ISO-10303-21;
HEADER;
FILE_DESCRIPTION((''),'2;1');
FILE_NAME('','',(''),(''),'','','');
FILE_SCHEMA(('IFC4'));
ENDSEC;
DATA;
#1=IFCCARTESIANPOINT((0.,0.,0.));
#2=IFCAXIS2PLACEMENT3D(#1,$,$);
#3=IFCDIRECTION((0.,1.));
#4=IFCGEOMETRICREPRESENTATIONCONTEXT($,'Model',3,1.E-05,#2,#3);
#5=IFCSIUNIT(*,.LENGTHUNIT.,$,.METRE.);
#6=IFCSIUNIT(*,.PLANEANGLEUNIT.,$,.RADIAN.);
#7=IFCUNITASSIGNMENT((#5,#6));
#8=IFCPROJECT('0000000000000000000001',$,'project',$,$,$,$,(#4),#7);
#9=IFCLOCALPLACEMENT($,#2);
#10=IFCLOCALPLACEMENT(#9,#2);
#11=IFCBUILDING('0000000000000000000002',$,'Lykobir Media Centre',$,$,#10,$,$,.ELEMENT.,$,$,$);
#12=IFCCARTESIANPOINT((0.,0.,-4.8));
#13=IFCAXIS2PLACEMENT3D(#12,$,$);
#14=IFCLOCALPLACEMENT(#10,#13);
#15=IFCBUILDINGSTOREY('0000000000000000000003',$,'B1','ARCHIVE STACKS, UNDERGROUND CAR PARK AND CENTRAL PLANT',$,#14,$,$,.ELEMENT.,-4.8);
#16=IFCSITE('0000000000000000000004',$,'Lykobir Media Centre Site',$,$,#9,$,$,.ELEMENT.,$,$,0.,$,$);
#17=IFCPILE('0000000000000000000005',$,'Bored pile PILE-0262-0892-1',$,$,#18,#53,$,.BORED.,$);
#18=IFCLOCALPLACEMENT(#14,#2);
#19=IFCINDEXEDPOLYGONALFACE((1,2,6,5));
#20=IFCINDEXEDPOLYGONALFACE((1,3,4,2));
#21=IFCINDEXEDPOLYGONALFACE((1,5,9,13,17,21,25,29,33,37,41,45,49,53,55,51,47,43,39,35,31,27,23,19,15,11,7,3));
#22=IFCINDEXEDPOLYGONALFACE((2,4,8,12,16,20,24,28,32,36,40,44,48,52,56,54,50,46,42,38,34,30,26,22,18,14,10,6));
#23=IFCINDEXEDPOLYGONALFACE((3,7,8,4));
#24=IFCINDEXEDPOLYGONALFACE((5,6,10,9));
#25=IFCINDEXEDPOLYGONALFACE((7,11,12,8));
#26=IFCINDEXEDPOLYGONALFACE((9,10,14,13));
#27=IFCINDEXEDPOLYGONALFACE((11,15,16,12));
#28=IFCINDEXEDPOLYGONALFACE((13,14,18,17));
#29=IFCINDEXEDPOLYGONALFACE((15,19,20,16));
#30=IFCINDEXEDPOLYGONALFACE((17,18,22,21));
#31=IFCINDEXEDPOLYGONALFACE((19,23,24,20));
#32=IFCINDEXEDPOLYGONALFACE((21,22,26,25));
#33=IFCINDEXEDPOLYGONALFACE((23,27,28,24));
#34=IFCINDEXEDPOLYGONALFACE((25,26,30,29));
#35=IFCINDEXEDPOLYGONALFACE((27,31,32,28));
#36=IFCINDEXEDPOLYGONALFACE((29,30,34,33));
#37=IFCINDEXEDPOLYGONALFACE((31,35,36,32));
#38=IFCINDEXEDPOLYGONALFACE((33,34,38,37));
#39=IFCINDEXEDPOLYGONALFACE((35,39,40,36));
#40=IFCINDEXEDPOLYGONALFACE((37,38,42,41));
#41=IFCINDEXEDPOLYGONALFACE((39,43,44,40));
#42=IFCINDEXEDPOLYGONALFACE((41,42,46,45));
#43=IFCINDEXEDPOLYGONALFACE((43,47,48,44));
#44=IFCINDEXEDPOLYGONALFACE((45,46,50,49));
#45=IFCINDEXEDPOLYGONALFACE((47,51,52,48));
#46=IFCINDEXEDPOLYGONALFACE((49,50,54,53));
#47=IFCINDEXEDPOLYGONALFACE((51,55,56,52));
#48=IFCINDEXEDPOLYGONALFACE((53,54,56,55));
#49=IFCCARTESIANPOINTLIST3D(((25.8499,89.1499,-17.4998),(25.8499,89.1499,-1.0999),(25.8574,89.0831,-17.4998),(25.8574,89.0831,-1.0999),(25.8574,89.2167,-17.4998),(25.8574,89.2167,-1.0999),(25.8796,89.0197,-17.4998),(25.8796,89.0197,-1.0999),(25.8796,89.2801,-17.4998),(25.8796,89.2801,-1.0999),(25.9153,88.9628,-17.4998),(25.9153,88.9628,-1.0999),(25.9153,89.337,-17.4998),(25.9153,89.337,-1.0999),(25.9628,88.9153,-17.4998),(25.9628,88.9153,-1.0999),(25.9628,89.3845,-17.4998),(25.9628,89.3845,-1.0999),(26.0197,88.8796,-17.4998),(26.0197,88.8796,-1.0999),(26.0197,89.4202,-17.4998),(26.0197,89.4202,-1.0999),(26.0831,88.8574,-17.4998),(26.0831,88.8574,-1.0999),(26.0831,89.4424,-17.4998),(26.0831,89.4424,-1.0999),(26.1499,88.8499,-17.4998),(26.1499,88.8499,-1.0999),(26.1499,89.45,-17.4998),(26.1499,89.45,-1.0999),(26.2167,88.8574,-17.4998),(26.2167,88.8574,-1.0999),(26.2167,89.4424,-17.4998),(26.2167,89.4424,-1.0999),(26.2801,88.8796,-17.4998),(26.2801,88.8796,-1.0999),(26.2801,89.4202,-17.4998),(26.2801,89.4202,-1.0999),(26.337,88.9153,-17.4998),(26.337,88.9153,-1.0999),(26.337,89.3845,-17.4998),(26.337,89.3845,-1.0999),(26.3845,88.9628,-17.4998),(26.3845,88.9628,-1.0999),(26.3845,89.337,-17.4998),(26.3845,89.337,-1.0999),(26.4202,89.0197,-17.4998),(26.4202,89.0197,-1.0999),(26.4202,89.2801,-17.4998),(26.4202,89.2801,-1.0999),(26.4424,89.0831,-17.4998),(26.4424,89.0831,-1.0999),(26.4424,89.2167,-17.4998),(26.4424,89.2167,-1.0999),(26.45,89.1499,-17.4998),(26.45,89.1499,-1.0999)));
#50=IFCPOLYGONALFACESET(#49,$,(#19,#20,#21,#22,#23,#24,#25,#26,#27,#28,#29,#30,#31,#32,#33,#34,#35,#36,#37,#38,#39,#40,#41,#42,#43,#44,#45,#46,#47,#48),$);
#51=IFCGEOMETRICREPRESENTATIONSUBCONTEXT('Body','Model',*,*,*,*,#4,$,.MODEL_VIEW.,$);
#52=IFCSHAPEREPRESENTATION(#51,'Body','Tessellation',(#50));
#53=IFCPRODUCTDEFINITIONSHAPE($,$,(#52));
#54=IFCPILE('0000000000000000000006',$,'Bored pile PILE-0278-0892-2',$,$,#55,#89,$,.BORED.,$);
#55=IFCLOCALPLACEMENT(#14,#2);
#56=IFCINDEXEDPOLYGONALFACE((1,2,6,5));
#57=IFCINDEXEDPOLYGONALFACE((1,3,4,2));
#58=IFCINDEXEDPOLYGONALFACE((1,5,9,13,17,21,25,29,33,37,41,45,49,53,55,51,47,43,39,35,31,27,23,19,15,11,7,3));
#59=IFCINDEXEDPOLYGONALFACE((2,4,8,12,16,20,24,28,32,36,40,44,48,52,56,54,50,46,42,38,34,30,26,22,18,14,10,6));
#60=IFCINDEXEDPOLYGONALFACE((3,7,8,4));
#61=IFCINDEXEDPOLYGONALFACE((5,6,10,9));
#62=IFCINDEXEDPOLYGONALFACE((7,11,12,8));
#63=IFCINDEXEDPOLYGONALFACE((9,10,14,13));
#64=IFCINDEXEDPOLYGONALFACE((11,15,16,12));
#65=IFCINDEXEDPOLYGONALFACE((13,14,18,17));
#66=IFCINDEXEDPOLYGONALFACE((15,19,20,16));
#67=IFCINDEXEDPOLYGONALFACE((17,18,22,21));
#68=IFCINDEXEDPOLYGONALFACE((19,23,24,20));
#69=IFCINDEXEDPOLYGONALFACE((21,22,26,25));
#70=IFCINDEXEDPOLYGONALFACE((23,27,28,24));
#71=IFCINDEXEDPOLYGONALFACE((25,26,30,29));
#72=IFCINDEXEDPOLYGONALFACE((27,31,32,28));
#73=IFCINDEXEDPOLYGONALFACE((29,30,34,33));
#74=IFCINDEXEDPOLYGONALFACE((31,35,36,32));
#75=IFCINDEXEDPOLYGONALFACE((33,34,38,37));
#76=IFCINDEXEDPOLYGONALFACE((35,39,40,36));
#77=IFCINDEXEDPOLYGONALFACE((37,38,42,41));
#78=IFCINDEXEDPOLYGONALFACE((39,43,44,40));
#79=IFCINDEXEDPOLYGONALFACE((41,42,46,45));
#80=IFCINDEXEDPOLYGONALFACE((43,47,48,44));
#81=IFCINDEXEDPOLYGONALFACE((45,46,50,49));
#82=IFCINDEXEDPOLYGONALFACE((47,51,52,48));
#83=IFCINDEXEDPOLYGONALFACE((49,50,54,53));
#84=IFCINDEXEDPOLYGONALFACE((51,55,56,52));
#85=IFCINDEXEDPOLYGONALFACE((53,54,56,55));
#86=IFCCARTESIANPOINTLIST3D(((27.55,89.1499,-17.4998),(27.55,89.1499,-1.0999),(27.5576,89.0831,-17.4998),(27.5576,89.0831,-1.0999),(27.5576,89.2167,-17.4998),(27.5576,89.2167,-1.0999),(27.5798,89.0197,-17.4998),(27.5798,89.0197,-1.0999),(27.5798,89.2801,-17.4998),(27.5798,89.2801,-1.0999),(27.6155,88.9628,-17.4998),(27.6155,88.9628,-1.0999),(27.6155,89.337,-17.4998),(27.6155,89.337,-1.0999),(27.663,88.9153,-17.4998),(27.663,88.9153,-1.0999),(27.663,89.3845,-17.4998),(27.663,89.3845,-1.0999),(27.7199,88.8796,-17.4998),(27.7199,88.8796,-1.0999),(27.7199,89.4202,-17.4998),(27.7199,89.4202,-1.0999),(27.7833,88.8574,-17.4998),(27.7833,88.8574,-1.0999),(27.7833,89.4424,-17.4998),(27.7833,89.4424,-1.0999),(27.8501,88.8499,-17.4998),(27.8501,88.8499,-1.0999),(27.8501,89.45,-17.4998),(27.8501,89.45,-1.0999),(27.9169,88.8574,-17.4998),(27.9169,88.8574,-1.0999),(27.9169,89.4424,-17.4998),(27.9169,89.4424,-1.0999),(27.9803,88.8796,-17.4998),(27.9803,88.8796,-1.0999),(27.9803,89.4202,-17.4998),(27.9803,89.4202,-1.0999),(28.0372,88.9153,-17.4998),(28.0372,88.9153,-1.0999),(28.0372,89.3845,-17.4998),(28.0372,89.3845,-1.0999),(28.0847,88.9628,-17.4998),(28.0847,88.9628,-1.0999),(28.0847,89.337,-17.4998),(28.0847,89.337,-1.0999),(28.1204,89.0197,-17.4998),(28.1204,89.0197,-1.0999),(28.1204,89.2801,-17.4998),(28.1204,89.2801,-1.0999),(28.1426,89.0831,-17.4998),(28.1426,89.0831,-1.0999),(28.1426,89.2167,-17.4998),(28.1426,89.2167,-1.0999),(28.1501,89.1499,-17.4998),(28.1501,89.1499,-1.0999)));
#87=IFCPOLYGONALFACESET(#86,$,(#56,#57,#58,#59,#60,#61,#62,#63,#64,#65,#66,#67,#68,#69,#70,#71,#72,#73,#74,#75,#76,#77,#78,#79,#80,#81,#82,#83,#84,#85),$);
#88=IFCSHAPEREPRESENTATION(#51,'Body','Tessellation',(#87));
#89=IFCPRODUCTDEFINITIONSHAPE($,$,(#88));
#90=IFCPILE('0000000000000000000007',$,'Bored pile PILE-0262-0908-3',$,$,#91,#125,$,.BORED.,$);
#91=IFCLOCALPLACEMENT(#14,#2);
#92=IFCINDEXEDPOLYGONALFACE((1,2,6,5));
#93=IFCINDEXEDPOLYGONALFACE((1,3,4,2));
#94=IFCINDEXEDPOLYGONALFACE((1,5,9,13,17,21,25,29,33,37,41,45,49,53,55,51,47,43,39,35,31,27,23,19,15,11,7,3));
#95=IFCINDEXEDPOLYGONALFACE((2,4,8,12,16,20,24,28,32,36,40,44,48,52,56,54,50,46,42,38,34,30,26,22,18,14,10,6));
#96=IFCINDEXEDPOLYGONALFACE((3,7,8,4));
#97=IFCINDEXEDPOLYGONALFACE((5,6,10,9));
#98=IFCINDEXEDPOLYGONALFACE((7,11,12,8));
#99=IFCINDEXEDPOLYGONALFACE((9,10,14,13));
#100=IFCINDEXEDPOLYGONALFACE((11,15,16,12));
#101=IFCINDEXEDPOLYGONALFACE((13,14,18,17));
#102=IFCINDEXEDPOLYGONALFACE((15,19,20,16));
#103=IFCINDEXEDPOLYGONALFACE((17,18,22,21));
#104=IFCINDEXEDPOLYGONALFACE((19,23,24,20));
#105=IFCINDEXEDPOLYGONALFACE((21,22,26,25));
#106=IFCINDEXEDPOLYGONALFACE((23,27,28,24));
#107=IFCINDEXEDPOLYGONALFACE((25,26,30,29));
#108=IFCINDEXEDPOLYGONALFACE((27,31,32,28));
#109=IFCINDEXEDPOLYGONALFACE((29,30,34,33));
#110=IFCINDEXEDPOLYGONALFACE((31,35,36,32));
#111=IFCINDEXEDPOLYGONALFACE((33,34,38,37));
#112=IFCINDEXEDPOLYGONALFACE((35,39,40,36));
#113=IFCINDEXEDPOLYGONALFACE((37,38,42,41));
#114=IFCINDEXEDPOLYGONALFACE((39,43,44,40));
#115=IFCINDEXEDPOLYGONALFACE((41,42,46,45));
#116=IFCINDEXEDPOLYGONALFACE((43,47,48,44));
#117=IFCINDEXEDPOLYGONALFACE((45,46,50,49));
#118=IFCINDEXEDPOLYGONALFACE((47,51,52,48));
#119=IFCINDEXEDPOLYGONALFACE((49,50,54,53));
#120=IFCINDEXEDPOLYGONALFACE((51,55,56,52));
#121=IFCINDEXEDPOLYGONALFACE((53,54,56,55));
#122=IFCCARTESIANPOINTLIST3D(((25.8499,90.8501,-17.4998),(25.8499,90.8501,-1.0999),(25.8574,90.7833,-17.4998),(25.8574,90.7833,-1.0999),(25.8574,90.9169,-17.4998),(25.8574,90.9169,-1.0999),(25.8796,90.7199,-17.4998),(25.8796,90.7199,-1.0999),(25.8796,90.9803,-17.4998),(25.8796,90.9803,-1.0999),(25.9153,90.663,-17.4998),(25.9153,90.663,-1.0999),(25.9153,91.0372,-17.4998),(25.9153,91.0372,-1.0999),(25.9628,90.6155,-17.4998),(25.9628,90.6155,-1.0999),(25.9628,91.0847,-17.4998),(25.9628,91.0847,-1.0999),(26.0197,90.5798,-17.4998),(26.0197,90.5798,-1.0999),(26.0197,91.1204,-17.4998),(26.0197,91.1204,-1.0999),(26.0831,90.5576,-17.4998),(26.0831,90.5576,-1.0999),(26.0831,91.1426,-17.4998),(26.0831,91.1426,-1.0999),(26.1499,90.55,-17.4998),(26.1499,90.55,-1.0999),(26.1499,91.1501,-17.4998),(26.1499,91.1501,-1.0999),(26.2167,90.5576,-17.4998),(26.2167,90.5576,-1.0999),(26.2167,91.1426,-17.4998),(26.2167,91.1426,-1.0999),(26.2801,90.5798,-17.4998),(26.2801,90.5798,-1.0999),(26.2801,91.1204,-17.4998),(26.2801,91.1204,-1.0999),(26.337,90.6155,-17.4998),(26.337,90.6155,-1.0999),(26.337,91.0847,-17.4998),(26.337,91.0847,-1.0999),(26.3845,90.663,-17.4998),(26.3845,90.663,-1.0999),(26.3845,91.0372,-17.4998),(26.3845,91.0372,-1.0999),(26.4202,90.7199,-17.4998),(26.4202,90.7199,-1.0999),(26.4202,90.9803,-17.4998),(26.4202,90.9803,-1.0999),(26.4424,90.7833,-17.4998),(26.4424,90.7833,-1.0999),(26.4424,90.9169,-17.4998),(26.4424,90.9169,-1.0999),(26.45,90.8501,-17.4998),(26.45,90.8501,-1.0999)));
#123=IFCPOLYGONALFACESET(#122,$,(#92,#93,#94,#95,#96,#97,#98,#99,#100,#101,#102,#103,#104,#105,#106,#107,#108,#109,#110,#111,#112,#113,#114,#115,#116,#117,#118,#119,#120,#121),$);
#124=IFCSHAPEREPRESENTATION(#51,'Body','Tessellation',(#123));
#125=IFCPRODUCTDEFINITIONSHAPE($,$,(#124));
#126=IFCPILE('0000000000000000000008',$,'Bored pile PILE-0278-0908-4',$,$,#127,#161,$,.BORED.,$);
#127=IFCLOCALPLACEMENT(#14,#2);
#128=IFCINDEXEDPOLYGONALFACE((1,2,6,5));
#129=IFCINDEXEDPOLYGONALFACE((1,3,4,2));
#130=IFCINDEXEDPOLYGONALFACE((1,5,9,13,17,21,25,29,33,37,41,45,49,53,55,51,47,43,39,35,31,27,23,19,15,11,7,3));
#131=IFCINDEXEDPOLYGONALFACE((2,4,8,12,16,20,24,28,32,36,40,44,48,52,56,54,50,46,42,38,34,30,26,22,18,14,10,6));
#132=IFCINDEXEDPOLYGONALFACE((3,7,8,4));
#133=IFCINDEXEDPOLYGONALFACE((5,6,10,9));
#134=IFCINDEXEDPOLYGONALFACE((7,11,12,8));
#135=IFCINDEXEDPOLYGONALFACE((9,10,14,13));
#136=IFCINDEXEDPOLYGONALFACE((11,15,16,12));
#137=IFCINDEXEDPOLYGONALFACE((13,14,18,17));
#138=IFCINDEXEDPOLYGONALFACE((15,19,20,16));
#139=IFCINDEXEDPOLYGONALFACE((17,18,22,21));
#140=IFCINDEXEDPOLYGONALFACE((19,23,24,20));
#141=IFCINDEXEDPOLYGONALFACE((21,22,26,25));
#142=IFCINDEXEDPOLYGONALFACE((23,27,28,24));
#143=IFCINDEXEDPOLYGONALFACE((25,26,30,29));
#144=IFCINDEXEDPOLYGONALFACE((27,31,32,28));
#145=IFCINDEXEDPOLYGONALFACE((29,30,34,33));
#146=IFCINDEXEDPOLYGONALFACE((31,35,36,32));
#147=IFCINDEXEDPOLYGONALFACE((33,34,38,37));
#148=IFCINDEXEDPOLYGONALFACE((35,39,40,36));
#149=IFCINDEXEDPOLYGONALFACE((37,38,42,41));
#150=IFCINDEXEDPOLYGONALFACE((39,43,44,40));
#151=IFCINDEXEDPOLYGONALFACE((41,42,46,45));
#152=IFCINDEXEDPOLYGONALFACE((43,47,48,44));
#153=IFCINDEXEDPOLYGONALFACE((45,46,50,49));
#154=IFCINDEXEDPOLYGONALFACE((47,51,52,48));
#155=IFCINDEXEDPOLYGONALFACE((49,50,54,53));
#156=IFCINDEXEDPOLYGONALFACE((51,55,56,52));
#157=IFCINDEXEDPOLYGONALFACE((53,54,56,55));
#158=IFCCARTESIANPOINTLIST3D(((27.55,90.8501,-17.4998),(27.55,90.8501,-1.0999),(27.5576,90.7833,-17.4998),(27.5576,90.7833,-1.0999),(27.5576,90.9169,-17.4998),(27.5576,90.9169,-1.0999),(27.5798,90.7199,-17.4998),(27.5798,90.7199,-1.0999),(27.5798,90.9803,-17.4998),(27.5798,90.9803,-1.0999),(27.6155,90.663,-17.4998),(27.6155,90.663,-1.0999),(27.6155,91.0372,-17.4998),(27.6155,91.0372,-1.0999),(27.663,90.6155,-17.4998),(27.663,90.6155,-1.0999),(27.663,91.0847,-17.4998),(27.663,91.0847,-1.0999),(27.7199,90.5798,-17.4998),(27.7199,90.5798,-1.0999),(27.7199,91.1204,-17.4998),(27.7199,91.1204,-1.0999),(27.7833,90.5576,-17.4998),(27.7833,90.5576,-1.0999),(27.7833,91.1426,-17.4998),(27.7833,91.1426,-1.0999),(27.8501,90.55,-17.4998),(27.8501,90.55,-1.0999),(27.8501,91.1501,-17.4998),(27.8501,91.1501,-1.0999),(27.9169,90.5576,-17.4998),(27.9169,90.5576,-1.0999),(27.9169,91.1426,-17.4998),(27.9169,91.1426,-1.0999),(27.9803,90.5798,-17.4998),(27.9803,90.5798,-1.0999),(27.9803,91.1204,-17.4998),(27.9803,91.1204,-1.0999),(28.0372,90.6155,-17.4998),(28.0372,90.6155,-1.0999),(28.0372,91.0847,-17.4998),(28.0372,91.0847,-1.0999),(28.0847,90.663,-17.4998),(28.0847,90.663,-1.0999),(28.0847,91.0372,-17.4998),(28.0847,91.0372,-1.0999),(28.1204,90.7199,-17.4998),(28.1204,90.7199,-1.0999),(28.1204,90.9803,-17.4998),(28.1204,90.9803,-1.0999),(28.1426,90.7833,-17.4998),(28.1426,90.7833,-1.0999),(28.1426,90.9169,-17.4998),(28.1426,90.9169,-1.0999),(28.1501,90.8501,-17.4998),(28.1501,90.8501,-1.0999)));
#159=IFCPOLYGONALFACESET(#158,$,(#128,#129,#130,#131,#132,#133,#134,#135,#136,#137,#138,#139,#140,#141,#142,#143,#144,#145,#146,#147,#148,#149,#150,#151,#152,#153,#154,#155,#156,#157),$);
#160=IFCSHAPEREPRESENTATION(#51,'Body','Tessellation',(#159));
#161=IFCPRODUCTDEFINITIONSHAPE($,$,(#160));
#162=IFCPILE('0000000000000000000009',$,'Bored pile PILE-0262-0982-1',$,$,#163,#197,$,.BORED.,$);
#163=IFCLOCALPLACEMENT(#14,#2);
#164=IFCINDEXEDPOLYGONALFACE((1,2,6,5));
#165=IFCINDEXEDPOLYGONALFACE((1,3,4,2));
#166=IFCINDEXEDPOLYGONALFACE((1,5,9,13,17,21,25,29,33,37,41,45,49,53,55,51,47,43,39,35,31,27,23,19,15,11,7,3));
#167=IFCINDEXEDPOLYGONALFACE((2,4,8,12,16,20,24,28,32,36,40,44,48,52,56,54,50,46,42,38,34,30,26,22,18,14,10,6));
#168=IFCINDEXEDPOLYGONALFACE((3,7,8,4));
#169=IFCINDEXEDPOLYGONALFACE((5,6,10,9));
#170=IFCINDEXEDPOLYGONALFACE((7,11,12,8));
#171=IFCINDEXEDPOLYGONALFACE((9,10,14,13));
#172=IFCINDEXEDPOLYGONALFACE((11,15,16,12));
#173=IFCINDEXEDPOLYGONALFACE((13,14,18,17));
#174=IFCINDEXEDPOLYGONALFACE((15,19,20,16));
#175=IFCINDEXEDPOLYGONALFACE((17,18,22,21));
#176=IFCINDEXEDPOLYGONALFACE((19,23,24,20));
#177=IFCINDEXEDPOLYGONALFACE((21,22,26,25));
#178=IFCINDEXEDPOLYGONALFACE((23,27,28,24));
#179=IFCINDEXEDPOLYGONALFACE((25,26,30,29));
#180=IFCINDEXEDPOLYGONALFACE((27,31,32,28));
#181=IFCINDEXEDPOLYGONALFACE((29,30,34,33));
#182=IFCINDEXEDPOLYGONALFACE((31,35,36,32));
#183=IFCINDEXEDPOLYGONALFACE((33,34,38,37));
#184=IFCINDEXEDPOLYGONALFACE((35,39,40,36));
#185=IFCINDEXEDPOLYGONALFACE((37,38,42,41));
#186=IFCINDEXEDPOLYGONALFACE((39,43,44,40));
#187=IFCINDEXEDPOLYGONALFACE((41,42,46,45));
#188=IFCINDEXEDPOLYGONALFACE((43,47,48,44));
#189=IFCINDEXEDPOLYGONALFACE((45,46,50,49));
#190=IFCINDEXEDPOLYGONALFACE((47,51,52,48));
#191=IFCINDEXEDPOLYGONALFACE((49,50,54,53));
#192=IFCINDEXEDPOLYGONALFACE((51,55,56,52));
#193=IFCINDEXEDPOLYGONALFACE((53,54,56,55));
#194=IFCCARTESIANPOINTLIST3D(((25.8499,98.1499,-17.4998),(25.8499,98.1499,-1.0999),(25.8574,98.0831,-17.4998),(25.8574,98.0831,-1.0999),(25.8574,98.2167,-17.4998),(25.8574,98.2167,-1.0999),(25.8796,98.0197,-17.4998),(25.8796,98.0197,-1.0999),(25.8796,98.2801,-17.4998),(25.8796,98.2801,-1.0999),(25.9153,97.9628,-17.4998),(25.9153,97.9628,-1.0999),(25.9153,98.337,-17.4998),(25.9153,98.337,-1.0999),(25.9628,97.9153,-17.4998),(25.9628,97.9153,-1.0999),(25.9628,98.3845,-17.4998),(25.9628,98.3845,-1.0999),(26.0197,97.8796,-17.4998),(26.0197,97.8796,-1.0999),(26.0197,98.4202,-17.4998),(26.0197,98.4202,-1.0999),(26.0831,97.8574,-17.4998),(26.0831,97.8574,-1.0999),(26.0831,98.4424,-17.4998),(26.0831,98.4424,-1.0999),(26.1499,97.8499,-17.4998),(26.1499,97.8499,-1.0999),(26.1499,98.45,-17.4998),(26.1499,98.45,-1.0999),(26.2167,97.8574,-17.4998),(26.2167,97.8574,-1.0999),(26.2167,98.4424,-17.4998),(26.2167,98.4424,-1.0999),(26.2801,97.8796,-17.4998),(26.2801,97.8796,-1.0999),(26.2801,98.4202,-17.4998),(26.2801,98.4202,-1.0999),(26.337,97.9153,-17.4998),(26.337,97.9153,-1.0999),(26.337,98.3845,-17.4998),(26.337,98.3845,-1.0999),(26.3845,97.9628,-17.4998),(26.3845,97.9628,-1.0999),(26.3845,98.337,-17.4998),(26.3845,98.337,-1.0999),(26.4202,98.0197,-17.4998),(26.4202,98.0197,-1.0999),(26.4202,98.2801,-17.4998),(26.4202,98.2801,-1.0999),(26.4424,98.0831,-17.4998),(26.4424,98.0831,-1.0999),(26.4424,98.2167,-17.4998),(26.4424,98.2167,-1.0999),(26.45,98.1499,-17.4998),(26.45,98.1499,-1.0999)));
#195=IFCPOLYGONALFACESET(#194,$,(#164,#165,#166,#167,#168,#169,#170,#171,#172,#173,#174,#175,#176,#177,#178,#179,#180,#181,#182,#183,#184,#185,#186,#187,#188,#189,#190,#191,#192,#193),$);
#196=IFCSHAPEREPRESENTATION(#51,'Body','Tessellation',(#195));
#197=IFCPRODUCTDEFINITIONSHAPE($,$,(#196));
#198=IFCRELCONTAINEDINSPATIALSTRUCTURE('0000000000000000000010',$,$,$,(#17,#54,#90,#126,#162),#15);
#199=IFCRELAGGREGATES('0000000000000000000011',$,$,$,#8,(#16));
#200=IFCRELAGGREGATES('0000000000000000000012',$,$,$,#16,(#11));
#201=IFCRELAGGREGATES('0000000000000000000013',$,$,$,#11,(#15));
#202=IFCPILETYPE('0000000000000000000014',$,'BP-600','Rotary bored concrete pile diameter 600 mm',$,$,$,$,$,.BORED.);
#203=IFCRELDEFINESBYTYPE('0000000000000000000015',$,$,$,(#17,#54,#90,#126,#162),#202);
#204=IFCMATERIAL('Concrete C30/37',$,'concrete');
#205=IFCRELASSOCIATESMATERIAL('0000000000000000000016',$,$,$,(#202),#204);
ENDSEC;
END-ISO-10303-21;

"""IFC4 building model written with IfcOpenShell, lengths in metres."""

from ifc_helpers import new_model, si_unit, direction, frame, origin, origin_2d, place, context, subcontext, project, spatial, circle, extrude, material, material_profile, profile_set, type_object, element, save


model = new_model("IFC4")

# Units and contexts
model_context = context("Model", 3, precision=1e-05, world=origin(), true_north=direction((0.0, 1.0)))
body_context = subcontext(model_context, "Body", "Model", "MODEL_VIEW")
ifc_project = project(units=[si_unit("LENGTHUNIT", "METRE"), si_unit("PLANEANGLEUNIT", "RADIAN")], contexts=[model_context])

# Site, building, storey
site_placement = place(None, origin())
site = spatial("IfcSite", under=ifc_project, at=site_placement, Name="Lykobir Media Centre Site", CompositionType="ELEMENT", RefElevation=0.0)
building_placement = place(site_placement, origin())
building = spatial("IfcBuilding", under=site, at=building_placement, Name="Lykobir Media Centre", CompositionType="ELEMENT")
storey_placement = place(building_placement, frame((0.0, 0.0, -4.8)))
storey = spatial("IfcBuildingStorey", under=building, at=storey_placement, Name="B1", Description="ARCHIVE STACKS, UNDERGROUND CAR PARK AND CENTRAL PLANT", CompositionType="ELEMENT", Elevation=-4.8)

# Piles
ifc_material_1 = material(Name="Concrete C30/37", Category="concrete")
ifc_material_profile_1 = material_profile(ifc_material_1, circle(Radius=0.3, at=origin_2d()), Name="BORED PILE D600")
ifc_profile_set_1 = profile_set([ifc_material_profile_1], Name="Concrete C30/37")
pile_type = type_object("IfcPileType", Name="BP-600", Description="Rotary bored concrete pile diameter 600 mm", PredefinedType="BORED", material=ifc_profile_set_1)
for number, where, z_axis, x_axis, name in (
    (1, (26.1499, 89.1499, -1.0999), (0.0, 0.0, -1.0), (1.0, 0.0, 0.0), "Bored pile PILE-0262-0892-1"),
    (2, (27.8501, 89.1499, -1.0999), (0.0, 0.0, -1.0), (1.0, 0.0, 0.0), "Bored pile PILE-0278-0892-2"),
    (3, (26.1499, 90.8501, -1.0999), (0.0, 0.0, -1.0), (1.0, 0.0, 0.0), "Bored pile PILE-0262-0908-3"),
    (4, (27.8501, 90.8501, -1.0999), (0.0, 0.0, -1.0), (1.0, 0.0, 0.0), "Bored pile PILE-0278-0908-4"),
    (5, (26.1499, 98.1499, -1.0999), (0.0, 0.0, -1.0), (1.0, 0.0, 0.0), "Bored pile PILE-0262-0982-1"),
):
    element("IfcPile", number, at=place(storey_placement, frame(where, z_axis=z_axis, x_axis=x_axis)), inside=storey, type_object=pile_type, Name=name, PredefinedType="BORED", context=body_context, shape_type="SweptSolid", body=[
        extrude(circle(Radius=0.3, at=origin_2d()), origin(), (0.0, 0.0, 1.0), 16.3999),
    ])

save(model, "model.ifc")
